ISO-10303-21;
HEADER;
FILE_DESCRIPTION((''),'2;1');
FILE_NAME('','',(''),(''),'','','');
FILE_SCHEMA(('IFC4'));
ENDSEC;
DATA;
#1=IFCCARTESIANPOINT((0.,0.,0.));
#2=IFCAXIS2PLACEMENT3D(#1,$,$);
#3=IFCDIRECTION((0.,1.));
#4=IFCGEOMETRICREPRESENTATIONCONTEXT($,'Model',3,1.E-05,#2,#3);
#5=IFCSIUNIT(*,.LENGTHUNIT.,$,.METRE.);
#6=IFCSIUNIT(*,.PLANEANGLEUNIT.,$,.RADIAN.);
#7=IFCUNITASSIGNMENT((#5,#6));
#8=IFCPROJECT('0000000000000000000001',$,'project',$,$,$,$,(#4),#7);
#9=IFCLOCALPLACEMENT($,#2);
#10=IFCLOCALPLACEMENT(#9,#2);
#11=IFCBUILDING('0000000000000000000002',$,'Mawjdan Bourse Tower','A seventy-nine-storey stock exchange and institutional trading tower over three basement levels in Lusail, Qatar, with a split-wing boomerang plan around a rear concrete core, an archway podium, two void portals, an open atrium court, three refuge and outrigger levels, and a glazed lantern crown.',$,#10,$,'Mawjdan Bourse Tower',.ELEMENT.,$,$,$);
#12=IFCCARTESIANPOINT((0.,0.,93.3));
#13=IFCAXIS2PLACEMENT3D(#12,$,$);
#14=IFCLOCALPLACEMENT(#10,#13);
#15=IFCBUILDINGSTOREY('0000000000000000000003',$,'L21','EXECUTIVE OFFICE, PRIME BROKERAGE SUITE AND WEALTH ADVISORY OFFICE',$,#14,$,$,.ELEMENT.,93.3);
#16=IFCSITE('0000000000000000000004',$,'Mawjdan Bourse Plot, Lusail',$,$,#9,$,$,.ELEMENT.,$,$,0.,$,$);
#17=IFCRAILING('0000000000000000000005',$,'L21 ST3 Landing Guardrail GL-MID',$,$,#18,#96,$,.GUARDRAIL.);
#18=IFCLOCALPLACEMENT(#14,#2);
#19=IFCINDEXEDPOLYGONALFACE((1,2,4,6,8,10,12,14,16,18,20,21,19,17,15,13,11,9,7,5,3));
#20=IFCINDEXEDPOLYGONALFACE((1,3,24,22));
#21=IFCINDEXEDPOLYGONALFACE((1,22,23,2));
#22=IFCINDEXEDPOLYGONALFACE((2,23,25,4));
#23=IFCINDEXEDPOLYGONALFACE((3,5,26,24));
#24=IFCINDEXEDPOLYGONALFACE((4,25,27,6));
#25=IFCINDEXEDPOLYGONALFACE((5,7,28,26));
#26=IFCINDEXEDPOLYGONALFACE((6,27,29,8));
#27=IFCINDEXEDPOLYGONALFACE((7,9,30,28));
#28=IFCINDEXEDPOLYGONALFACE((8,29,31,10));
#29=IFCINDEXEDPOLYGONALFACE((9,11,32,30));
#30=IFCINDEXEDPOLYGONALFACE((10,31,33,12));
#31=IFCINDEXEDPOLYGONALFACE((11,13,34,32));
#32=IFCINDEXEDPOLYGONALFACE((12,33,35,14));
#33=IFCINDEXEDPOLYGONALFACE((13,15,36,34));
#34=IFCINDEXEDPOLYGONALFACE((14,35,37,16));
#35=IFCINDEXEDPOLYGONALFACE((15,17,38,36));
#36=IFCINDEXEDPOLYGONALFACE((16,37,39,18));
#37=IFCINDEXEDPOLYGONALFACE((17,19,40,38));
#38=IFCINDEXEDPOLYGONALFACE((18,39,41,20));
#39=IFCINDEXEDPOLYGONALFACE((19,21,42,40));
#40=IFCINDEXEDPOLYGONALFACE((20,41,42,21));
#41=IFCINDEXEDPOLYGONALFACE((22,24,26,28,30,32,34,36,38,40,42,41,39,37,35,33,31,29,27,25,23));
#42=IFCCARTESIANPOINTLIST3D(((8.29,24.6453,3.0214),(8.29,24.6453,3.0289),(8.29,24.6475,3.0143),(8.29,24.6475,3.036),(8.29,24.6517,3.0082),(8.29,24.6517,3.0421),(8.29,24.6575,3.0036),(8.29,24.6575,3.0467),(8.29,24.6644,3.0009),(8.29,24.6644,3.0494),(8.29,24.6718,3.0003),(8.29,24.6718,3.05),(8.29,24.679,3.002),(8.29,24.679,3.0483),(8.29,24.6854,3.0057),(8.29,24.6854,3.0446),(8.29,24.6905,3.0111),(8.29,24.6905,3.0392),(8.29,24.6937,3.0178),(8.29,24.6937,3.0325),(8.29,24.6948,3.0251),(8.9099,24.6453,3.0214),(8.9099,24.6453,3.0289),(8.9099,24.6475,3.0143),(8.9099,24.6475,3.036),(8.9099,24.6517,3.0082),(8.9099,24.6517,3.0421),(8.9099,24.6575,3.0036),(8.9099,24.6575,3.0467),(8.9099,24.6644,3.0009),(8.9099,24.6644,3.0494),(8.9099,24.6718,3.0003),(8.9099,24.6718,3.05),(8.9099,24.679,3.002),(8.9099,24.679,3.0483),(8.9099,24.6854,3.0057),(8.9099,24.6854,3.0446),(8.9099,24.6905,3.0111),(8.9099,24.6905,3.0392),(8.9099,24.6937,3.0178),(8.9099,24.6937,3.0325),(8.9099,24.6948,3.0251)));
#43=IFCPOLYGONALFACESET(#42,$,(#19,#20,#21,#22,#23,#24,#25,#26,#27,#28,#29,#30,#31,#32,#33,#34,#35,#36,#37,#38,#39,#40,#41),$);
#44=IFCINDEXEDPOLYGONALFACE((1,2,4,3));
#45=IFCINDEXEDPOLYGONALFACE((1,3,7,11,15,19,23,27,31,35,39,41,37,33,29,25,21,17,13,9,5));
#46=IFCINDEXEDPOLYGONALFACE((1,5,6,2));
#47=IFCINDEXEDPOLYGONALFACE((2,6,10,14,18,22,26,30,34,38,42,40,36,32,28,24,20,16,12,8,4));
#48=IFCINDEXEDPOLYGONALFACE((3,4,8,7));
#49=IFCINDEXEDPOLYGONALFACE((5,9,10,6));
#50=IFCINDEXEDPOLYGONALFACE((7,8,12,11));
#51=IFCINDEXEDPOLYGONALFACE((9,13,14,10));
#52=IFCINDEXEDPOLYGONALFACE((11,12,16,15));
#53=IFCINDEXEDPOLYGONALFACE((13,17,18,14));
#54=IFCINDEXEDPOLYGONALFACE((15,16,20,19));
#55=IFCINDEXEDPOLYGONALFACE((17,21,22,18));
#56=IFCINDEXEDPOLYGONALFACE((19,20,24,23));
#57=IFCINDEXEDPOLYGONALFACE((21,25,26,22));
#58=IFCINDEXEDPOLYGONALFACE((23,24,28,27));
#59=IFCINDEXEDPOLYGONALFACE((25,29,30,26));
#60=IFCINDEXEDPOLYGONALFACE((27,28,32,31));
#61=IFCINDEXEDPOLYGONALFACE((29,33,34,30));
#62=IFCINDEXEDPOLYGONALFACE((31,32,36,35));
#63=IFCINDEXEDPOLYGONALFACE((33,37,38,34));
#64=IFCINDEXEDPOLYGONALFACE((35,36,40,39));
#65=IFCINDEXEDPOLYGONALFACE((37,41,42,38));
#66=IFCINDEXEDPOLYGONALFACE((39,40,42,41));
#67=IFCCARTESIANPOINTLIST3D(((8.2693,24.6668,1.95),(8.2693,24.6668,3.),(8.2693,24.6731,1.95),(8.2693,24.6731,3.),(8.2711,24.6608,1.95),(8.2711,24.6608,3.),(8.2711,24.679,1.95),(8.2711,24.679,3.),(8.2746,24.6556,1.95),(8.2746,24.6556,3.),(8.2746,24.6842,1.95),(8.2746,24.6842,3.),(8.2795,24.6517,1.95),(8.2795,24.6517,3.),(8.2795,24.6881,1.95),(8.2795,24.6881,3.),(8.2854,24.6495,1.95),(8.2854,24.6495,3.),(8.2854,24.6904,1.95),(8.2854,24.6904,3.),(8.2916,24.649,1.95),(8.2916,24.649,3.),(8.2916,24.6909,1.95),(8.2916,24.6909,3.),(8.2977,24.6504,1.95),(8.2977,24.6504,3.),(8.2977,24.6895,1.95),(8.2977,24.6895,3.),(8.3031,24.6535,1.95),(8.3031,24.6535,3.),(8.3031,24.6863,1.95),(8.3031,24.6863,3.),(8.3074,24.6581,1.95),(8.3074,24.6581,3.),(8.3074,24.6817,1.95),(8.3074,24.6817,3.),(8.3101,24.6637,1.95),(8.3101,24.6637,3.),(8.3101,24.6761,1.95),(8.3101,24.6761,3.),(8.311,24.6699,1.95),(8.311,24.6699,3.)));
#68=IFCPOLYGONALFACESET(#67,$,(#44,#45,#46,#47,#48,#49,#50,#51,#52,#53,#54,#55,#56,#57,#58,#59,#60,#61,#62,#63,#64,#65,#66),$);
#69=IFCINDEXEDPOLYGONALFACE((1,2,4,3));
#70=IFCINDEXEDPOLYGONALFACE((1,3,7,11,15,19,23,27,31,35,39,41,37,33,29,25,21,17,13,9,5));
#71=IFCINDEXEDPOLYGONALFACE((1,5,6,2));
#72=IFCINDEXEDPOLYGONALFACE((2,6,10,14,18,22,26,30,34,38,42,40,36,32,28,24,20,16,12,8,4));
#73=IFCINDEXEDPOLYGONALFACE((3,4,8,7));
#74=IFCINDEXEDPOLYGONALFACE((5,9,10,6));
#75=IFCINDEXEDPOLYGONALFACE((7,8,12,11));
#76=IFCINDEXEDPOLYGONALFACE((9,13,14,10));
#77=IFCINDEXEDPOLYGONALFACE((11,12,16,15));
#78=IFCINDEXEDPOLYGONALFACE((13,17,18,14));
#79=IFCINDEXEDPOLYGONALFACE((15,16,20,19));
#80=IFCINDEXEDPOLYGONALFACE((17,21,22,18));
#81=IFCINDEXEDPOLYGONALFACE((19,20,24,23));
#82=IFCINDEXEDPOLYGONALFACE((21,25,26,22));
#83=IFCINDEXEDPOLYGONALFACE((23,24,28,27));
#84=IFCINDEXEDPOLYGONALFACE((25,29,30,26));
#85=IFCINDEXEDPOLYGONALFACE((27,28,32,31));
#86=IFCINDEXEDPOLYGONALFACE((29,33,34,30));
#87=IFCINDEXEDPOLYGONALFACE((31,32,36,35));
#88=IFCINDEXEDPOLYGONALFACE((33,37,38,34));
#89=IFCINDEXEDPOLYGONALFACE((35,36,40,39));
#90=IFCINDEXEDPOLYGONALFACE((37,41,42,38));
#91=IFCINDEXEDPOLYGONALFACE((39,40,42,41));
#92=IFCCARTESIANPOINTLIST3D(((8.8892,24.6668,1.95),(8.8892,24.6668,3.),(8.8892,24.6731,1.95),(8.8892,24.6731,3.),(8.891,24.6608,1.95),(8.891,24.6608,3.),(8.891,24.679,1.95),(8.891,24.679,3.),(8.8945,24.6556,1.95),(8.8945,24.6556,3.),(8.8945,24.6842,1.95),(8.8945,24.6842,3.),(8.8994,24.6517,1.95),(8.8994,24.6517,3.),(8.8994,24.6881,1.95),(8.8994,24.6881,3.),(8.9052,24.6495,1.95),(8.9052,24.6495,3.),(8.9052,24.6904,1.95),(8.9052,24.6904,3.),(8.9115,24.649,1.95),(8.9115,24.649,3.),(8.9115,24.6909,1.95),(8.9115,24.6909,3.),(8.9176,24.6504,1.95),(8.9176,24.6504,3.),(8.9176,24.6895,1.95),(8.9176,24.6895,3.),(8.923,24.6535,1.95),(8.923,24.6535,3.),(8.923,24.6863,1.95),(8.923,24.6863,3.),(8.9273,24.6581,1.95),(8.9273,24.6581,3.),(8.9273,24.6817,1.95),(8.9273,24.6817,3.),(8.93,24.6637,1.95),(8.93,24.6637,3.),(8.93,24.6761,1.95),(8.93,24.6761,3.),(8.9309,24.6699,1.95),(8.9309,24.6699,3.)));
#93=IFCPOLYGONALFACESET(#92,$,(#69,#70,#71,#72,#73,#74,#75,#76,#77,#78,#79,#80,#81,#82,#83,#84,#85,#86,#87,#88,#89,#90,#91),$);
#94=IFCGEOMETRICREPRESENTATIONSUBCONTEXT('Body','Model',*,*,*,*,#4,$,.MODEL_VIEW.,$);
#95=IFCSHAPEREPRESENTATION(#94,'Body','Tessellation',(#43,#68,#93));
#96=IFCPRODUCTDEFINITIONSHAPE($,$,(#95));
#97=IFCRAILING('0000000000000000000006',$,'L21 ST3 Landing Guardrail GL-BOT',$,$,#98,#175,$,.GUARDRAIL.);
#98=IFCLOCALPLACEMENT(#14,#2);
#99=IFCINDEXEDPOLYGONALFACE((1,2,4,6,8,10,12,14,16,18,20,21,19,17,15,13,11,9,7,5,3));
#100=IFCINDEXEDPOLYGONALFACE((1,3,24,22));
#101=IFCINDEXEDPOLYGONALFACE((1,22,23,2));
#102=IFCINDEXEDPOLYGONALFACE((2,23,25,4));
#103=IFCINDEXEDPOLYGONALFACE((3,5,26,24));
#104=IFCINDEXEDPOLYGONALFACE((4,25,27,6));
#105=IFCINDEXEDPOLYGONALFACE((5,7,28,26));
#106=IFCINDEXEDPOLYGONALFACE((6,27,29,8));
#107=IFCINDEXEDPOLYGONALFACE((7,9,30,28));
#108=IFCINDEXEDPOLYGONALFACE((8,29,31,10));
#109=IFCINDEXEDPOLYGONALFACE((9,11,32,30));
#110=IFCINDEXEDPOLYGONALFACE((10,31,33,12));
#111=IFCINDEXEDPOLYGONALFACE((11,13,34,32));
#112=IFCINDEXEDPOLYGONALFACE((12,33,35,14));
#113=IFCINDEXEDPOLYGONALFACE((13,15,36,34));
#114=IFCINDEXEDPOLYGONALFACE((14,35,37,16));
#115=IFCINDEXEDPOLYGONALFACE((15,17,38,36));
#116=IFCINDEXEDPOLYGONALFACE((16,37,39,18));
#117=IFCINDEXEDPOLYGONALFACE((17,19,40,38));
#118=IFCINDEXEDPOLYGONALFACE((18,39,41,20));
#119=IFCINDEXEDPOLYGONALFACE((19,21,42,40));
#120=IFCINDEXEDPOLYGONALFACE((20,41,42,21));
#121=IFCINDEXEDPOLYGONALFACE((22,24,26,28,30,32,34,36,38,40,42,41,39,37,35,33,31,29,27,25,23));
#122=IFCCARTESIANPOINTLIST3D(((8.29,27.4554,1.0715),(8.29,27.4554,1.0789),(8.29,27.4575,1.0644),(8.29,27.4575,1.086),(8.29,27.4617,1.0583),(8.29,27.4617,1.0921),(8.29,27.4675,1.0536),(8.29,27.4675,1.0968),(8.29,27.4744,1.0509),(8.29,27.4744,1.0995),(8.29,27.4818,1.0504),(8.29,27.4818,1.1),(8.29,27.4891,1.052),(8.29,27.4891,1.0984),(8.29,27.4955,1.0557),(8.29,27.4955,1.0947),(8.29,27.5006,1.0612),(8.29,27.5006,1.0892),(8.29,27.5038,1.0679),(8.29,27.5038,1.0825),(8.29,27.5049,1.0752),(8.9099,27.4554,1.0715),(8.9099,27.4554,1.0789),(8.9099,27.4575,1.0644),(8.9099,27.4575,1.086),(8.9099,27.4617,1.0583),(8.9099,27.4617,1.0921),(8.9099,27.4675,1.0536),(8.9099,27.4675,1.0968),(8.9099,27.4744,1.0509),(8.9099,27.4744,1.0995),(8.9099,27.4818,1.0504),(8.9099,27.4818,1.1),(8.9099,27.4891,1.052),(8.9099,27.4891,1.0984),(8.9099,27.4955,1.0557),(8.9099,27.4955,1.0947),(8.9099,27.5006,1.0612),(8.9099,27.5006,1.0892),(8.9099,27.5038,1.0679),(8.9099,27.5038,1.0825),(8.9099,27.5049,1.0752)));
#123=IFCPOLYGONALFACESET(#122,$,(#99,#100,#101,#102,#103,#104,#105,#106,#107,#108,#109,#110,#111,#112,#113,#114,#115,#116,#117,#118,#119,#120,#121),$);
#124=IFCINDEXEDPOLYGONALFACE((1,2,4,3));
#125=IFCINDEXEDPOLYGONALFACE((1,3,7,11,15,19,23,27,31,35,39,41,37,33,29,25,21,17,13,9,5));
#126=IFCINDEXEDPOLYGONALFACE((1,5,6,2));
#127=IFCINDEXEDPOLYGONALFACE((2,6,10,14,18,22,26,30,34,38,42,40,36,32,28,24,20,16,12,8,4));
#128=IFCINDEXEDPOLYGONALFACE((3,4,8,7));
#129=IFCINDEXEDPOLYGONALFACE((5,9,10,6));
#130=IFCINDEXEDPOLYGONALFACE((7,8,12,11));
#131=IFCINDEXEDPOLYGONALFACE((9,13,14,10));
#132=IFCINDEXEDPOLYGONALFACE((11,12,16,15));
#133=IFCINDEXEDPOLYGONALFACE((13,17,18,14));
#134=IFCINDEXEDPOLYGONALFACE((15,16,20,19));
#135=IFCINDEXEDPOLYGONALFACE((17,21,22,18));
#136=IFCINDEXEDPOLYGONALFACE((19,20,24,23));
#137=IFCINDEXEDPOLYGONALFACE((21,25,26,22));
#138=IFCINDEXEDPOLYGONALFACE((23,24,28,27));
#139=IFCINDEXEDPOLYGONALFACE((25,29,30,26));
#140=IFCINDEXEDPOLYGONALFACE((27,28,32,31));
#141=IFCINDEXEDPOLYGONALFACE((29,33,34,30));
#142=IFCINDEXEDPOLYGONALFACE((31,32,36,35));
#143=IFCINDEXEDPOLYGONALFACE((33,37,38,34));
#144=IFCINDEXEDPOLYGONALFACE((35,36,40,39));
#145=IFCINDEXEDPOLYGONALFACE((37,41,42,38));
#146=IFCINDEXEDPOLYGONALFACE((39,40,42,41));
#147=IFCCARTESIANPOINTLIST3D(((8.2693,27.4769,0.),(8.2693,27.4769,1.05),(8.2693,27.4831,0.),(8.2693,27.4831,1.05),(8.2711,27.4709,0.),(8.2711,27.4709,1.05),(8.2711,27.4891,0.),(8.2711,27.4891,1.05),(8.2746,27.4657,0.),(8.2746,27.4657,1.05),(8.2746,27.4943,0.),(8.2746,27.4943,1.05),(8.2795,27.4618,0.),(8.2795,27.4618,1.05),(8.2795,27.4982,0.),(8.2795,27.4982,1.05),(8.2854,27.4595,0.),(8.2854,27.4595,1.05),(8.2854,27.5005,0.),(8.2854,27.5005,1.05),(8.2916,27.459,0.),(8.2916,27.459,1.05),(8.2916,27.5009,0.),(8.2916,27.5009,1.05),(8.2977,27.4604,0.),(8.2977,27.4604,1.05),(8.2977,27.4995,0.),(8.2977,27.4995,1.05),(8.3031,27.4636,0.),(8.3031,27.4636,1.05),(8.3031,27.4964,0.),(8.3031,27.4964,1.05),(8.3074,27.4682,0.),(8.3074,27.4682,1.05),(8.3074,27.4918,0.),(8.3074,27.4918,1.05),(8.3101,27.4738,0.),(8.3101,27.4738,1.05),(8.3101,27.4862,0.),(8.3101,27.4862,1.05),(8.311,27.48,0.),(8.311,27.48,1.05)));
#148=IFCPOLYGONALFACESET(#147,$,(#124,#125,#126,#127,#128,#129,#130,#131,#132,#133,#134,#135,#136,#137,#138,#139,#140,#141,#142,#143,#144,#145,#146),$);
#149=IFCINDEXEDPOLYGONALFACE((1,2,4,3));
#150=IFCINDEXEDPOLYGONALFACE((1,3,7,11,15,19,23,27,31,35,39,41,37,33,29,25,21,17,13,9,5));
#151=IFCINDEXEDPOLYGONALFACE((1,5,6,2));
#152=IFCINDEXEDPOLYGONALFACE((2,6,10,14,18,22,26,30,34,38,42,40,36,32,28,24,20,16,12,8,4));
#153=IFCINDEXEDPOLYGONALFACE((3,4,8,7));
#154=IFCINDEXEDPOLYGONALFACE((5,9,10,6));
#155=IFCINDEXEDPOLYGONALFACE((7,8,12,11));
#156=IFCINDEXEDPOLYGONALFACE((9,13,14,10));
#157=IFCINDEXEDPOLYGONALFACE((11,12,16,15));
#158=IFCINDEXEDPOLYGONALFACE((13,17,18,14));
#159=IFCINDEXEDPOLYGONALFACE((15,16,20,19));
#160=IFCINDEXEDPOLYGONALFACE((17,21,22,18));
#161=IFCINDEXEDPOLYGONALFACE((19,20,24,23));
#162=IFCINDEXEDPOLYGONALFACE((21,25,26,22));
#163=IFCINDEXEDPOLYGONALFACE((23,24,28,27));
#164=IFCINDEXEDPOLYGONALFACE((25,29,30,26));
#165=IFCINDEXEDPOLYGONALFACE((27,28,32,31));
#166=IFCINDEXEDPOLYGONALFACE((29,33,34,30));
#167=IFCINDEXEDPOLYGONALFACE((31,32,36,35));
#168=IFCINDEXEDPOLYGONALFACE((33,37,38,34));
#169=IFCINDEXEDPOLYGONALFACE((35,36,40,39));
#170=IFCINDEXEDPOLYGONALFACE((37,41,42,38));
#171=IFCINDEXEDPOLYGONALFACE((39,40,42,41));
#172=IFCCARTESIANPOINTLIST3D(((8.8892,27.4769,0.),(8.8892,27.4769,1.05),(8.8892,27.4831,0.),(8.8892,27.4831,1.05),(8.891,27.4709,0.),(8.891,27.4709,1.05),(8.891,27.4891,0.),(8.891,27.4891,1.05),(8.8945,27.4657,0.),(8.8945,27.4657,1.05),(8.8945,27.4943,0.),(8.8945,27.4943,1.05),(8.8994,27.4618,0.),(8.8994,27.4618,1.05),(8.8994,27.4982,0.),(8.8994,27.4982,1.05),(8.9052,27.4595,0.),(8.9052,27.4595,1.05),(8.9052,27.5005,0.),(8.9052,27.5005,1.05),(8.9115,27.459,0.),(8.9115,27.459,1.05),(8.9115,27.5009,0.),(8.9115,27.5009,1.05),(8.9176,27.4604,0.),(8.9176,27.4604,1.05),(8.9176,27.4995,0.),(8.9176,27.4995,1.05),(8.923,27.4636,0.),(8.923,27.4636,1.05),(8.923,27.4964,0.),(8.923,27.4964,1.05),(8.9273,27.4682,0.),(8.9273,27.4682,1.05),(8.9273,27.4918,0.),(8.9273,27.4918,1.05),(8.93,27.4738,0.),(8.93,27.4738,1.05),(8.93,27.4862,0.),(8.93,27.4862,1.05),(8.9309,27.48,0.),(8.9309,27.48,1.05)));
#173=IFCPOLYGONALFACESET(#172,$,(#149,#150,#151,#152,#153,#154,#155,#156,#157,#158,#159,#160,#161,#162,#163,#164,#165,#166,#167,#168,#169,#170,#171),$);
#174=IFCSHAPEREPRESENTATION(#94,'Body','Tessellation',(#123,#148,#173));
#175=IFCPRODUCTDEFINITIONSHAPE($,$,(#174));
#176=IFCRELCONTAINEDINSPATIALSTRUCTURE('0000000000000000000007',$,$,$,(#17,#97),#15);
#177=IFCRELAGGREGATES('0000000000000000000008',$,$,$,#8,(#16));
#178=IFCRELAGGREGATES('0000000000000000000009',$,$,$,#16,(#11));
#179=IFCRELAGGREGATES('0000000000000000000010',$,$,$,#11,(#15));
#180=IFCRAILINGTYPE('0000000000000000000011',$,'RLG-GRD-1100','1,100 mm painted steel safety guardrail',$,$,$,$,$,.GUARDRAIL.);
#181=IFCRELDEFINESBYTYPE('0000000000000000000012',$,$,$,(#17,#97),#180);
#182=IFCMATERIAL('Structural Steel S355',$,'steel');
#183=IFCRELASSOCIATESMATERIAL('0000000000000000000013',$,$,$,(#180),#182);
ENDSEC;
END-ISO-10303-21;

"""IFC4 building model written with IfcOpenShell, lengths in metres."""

from ifc_helpers import new_model, si_unit, direction, frame, origin, origin_2d, place, context, subcontext, project, spatial, circle, extrude, material, type_object, element, save


model = new_model("IFC4")

# Units and contexts
model_context = context("Model", 3, precision=1e-05, world=origin(), true_north=direction((0.0, 1.0)))
body_context = subcontext(model_context, "Body", "Model", "MODEL_VIEW")
ifc_project = project(units=[si_unit("LENGTHUNIT", "METRE"), si_unit("PLANEANGLEUNIT", "RADIAN")], contexts=[model_context])

# Site, building, storey
site_placement = place(None, origin())
site = spatial("IfcSite", under=ifc_project, at=site_placement, Name="Mawjdan Bourse Plot, Lusail", CompositionType="ELEMENT", RefElevation=0.0)
building_placement = place(site_placement, origin())
building = spatial("IfcBuilding", under=site, at=building_placement, Name="Mawjdan Bourse Tower", Description="A seventy-nine-storey stock exchange and institutional trading tower over three basement levels in Lusail, Qatar, with a split-wing boomerang plan around a rear concrete core, an archway podium, two void portals, an open atrium court, three refuge and outrigger levels, and a glazed lantern crown.", LongName="Mawjdan Bourse Tower", CompositionType="ELEMENT")
storey_placement = place(building_placement, frame((0.0, 0.0, 93.3)))
storey = spatial("IfcBuildingStorey", under=building, at=storey_placement, Name="L21", Description="EXECUTIVE OFFICE, PRIME BROKERAGE SUITE AND WEALTH ADVISORY OFFICE", CompositionType="ELEMENT", Elevation=93.3)

# Shared definitions
ifc_material_1 = material(Name="Structural Steel S355", Category="steel")

# Railings
railing_type_1 = type_object("IfcRailingType", Name="RLG-GRD-1100", Description="1,100 mm painted steel safety guardrail", PredefinedType="GUARDRAIL", material=ifc_material_1)
for number, where, name in (
    (1, (8.29, 24.6699, 1.95), "L21 ST3 Landing Guardrail GL-MID"),
    (2, (8.29, 27.48, 0.0), "L21 ST3 Landing Guardrail GL-BOT"),
):
    element("IfcRailing", number, at=place(storey_placement, frame(where)), inside=storey, type_object=railing_type_1, Name=name, PredefinedType="GUARDRAIL", context=body_context, shape_type="SweptSolid", body=[
        extrude(circle(Radius=0.0249, at=origin_2d()), frame((0.0, 0.0, 1.0752), z_axis=(1.0, 0.0, 0.0), x_axis=(0.0, 1.0, 0.0)), (0.0, 0.0, 1.0), 0.6199),
        extrude(circle(Radius=0.021, at=origin_2d()), origin(), (0.0, 0.0, 1.0), 1.05),
        extrude(circle(Radius=0.021, at=origin_2d()), frame((0.6199, 0.0, 0.0)), (0.0, 0.0, 1.0), 1.05),
    ])

save(model, "model.ifc")
